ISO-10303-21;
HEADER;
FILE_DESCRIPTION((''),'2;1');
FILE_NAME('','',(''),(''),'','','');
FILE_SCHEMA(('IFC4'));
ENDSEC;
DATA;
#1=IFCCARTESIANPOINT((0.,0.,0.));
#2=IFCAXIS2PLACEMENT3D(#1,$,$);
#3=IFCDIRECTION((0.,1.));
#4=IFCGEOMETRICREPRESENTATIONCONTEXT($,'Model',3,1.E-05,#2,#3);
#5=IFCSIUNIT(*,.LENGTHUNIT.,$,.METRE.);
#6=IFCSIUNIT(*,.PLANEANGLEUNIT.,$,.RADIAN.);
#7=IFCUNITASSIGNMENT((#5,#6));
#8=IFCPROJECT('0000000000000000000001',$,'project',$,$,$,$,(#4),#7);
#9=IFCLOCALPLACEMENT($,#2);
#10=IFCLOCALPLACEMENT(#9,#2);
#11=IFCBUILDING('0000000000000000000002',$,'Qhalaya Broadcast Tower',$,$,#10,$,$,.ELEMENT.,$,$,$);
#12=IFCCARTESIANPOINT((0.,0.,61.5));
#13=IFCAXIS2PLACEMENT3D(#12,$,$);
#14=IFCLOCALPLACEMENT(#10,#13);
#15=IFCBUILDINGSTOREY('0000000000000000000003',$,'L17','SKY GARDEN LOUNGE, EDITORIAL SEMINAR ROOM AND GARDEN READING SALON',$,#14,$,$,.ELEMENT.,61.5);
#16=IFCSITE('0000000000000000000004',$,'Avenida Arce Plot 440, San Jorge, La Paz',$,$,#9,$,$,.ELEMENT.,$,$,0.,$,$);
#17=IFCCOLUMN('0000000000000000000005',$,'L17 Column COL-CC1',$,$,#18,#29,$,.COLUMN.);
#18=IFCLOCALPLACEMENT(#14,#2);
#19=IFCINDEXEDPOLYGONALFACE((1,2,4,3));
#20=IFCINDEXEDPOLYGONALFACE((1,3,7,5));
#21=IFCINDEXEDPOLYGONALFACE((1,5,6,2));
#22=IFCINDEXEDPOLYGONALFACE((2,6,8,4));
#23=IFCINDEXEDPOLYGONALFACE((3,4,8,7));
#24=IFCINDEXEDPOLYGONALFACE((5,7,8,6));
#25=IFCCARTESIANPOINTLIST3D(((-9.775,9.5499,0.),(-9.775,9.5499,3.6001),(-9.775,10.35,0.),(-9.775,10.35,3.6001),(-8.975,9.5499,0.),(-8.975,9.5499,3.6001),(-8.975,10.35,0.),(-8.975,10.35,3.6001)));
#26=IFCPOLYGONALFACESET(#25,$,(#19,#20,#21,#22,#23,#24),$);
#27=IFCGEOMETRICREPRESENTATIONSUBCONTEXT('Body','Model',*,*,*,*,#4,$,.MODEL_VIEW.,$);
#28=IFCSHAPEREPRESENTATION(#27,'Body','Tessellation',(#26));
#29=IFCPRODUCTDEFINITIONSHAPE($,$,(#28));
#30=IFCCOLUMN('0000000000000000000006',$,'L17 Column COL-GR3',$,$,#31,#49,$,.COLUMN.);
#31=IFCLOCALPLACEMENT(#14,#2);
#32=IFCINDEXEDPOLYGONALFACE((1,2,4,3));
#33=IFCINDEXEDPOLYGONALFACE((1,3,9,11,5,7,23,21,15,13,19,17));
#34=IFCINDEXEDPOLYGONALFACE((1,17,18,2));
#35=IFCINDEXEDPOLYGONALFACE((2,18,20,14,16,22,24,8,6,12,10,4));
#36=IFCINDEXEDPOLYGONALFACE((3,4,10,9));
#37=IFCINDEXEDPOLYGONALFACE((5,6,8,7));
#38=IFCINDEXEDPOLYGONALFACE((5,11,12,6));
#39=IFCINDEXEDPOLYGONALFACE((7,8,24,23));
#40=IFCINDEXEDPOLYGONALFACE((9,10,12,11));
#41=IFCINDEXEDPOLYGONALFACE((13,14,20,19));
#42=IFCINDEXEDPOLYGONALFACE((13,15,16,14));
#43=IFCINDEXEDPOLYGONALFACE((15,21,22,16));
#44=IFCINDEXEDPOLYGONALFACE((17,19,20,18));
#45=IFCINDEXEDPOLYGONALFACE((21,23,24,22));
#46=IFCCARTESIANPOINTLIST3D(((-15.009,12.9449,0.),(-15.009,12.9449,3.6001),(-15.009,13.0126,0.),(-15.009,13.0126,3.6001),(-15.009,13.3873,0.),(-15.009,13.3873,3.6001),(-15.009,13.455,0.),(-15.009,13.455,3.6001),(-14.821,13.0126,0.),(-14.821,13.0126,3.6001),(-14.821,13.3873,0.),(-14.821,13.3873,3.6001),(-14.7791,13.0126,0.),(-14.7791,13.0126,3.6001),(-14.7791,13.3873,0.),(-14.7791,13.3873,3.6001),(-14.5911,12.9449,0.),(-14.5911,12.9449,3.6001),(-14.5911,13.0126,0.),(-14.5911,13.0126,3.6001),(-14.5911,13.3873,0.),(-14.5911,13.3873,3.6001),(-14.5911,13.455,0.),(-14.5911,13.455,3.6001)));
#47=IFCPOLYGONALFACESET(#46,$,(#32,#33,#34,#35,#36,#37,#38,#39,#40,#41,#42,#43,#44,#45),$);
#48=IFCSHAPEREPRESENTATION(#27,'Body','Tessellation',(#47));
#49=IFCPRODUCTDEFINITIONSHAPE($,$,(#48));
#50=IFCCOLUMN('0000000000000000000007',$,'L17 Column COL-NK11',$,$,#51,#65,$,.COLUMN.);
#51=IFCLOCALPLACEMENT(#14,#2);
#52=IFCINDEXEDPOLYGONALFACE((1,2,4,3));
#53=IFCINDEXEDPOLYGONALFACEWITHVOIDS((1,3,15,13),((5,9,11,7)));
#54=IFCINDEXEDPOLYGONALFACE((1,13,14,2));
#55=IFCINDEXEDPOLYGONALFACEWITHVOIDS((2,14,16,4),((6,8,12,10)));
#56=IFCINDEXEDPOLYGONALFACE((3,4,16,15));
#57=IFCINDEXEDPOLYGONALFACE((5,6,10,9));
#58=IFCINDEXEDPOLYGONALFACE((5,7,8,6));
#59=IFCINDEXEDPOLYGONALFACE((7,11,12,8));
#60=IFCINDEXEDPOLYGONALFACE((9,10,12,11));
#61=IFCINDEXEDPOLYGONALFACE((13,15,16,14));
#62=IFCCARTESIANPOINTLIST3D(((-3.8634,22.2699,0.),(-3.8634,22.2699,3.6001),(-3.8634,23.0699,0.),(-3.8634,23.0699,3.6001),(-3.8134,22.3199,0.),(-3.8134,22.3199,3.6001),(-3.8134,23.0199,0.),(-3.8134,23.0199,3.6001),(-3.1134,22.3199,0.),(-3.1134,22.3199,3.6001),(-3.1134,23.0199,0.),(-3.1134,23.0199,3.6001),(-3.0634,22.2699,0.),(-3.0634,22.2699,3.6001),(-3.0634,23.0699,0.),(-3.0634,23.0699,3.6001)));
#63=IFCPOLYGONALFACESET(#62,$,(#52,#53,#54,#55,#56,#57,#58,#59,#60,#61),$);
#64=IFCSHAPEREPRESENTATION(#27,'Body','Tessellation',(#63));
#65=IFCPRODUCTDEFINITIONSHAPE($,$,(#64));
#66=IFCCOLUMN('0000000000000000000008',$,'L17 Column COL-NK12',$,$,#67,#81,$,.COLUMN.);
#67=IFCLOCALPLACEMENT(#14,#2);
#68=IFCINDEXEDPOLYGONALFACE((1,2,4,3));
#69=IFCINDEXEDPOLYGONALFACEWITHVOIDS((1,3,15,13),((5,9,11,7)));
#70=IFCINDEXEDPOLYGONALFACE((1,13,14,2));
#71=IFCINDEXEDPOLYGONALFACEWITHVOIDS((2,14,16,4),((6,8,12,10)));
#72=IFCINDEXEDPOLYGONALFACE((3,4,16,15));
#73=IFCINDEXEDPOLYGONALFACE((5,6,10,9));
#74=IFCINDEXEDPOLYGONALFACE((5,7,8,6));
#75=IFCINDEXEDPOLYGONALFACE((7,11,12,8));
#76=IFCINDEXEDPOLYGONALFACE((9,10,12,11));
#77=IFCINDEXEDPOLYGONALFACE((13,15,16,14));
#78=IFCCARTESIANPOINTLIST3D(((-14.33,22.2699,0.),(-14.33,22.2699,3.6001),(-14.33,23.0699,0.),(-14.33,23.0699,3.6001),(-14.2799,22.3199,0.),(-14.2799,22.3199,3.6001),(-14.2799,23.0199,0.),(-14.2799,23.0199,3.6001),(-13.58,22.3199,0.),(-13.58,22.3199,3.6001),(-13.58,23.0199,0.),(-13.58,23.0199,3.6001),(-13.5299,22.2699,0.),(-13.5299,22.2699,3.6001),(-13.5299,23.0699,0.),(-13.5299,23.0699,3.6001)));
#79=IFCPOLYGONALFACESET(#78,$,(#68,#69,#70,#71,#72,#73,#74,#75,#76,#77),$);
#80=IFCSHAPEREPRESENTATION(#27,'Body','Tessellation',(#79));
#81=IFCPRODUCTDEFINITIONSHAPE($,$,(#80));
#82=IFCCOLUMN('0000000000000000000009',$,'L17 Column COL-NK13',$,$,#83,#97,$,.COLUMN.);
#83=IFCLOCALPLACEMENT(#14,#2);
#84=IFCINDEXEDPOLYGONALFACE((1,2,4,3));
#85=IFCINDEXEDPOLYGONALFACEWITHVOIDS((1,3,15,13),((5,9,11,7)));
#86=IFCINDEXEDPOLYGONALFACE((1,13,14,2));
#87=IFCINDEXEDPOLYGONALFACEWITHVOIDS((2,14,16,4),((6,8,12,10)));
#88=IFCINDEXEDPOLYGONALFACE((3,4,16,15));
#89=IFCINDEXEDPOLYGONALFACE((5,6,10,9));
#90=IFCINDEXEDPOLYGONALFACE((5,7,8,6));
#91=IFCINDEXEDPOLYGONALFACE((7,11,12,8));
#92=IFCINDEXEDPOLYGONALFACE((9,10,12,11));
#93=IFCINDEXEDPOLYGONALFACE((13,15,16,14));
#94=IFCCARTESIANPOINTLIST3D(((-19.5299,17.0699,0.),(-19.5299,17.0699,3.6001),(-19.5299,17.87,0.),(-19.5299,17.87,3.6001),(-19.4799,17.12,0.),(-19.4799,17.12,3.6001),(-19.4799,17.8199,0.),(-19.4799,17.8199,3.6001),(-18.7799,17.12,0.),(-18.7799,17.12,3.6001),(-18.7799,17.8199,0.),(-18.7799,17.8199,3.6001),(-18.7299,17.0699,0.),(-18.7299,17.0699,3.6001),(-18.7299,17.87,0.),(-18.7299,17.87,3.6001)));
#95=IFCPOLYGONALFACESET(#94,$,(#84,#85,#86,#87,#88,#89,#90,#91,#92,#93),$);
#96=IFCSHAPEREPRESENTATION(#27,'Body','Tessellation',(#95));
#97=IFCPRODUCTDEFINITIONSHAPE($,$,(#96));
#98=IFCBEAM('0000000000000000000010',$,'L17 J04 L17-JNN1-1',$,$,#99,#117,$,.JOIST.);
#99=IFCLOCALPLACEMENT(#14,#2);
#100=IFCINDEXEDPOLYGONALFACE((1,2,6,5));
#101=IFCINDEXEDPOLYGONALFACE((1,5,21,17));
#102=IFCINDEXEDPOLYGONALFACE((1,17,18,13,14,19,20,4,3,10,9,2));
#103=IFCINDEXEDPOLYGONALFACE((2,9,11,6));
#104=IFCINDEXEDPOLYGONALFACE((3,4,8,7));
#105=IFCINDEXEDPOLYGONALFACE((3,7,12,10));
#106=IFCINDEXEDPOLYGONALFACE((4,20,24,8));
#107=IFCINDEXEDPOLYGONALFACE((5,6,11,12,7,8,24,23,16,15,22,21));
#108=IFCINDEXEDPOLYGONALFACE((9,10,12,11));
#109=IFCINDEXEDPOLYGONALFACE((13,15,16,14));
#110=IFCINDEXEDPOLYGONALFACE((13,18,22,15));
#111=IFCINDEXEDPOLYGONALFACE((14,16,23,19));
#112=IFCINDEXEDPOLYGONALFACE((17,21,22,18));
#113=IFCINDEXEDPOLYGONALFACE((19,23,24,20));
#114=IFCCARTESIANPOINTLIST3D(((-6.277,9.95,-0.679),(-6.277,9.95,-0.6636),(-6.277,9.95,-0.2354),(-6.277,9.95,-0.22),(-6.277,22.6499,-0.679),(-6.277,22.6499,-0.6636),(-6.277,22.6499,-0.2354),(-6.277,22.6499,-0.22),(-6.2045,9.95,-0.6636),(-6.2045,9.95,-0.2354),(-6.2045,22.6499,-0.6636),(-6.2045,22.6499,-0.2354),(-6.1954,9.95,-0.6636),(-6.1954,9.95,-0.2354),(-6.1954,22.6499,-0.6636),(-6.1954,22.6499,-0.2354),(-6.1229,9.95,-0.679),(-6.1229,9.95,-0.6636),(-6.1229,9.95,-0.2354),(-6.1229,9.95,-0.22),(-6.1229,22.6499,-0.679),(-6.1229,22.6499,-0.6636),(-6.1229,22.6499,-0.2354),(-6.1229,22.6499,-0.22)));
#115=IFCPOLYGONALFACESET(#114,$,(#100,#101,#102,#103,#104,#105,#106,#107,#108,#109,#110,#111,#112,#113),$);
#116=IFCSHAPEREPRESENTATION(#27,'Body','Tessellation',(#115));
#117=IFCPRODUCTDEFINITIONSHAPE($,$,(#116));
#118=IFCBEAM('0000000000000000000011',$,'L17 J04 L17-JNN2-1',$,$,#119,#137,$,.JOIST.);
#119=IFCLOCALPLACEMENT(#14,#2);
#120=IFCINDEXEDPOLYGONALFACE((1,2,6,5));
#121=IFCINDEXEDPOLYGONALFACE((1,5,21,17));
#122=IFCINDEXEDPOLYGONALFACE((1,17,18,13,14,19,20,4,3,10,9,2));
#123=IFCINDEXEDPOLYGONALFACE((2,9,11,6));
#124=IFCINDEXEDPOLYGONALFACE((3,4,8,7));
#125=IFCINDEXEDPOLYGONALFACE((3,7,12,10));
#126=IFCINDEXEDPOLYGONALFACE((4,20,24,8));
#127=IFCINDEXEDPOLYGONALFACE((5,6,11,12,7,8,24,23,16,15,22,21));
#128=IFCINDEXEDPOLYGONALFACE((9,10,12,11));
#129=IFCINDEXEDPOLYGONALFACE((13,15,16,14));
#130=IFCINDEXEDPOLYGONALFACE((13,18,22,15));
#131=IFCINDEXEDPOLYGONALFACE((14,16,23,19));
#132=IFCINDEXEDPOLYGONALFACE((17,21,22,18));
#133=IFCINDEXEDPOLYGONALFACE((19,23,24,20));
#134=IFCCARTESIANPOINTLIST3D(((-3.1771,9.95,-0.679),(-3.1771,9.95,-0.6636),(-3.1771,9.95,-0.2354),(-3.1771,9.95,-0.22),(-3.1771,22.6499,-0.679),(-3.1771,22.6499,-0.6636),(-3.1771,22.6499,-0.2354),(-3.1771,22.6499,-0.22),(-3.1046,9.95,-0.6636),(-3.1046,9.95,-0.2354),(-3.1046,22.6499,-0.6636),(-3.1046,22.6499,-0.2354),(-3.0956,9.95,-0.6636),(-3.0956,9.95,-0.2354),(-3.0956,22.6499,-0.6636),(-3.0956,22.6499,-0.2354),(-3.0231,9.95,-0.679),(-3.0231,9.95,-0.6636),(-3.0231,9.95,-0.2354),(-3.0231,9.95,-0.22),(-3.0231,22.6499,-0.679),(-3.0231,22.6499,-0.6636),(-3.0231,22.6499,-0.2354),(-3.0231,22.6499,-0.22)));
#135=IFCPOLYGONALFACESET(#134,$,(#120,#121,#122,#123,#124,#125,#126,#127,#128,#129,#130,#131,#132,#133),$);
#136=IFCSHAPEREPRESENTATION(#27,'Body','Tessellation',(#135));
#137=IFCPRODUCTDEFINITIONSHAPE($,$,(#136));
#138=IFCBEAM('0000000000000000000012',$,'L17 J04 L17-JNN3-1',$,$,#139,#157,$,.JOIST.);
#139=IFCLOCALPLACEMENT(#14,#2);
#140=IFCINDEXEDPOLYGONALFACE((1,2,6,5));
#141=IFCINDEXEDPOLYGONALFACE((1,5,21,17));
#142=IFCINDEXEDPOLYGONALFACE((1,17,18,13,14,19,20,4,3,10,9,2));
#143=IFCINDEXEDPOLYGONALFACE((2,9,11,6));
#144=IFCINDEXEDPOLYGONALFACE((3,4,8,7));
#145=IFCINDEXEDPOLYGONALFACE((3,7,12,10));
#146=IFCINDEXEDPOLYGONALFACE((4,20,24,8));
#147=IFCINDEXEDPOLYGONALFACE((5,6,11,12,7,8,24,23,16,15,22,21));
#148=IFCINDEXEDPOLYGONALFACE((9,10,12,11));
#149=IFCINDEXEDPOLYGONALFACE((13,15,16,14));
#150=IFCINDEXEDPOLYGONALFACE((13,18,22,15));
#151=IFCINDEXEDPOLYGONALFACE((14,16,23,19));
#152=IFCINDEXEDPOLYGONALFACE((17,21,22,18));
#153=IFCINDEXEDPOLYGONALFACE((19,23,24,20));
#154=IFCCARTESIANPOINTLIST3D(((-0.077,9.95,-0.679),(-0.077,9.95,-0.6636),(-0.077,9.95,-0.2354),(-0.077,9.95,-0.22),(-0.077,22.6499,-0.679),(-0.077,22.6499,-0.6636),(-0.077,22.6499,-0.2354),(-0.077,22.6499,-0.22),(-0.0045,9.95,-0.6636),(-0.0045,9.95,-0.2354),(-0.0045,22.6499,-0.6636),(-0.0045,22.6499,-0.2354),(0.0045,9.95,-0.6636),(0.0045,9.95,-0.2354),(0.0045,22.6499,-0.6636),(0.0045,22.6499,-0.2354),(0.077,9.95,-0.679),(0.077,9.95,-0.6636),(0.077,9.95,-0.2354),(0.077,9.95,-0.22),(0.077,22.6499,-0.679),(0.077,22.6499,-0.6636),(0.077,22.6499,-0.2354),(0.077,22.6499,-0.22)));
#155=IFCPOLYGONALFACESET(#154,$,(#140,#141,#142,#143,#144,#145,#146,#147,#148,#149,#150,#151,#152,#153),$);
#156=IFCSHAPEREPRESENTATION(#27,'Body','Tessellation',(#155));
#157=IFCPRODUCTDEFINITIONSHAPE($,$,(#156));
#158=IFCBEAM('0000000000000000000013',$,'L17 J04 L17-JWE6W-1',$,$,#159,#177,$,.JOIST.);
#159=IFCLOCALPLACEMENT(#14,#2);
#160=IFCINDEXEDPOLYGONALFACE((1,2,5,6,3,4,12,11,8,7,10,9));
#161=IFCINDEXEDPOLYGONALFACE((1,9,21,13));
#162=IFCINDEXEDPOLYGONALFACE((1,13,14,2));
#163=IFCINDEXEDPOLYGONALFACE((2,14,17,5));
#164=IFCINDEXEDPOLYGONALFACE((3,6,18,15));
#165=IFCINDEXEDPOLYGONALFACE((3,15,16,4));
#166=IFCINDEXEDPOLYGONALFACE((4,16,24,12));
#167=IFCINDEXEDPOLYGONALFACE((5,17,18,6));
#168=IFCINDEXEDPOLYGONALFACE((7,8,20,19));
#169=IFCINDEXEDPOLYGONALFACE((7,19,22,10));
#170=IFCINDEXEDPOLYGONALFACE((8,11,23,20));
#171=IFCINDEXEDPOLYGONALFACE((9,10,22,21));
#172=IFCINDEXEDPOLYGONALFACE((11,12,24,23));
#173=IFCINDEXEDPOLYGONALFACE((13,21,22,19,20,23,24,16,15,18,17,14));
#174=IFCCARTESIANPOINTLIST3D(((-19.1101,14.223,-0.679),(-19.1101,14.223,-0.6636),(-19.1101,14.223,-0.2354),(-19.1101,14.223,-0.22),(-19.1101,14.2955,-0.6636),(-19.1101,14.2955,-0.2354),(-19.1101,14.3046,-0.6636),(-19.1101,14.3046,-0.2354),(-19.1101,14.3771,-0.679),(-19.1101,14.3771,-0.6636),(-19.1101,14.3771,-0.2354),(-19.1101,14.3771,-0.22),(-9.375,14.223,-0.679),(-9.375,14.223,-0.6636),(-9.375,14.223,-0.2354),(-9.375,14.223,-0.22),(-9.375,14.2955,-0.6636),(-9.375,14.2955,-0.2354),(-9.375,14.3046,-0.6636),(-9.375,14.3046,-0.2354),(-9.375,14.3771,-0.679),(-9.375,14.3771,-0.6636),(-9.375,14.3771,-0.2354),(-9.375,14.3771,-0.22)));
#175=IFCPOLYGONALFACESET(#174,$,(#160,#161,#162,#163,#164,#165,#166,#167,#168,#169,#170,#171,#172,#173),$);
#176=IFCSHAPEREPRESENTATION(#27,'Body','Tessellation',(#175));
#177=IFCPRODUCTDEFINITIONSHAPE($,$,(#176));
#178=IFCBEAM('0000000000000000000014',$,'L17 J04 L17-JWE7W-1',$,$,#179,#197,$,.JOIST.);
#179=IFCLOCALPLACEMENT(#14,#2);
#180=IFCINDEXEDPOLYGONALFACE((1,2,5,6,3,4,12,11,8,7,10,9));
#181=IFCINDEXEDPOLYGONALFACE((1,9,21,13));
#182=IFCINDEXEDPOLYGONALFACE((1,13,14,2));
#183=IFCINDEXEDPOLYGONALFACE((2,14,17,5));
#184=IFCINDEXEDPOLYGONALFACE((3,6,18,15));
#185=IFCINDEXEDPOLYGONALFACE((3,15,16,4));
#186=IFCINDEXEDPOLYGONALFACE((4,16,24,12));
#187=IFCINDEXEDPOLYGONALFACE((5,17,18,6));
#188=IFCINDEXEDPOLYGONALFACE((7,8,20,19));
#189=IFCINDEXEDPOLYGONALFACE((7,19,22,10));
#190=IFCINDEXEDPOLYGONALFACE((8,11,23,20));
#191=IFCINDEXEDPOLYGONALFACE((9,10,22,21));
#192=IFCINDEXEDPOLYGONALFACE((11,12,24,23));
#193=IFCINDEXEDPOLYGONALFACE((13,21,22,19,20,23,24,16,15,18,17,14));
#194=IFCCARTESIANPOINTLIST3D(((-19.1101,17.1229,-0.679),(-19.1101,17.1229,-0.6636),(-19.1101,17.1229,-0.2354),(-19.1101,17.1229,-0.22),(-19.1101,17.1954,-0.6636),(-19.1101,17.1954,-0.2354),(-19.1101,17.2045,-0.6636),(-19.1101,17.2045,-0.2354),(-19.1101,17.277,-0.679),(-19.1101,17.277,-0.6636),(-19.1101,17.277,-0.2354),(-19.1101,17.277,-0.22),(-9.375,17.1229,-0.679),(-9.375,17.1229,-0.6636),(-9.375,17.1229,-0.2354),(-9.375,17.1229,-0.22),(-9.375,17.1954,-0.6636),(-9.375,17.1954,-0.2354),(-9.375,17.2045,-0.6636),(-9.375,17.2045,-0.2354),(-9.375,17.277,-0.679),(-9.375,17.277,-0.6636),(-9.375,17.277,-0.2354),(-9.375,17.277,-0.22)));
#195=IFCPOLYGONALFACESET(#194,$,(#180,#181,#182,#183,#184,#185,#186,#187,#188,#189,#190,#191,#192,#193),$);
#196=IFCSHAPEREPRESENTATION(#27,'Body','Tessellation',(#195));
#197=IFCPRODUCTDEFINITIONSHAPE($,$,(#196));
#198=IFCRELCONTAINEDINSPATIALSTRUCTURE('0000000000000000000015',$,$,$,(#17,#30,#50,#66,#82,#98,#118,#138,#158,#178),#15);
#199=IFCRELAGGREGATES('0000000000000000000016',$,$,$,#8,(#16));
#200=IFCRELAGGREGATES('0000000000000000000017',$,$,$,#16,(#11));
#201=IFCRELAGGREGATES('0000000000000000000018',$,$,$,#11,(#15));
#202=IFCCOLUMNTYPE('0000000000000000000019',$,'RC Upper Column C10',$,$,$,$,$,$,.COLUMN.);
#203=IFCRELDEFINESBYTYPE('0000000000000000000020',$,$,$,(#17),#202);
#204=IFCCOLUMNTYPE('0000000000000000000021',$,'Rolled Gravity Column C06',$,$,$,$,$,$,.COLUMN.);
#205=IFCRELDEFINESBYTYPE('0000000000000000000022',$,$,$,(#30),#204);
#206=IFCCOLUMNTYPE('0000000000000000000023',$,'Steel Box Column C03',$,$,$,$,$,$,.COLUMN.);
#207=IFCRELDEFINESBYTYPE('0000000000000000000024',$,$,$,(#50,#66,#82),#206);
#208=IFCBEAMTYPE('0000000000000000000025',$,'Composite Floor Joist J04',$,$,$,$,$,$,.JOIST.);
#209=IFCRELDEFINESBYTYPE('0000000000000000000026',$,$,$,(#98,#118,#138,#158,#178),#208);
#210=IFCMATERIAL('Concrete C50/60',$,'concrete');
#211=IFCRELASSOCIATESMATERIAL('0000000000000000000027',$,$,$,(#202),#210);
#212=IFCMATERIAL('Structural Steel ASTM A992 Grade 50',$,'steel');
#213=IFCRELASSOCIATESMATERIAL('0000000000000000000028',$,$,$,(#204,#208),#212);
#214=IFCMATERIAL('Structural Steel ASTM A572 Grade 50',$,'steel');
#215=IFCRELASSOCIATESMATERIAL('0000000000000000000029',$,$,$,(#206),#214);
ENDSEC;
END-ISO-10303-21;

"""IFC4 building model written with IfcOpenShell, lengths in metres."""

from ifc_helpers import new_model, si_unit, direction, frame, origin, origin_2d, place, context, subcontext, project, spatial, rectangle, hollow_rectangle, i_section, extrude, material, material_profile, profile_set, type_object, element, save


model = new_model("IFC4")

# Units and contexts
model_context = context("Model", 3, precision=1e-05, world=origin(), true_north=direction((0.0, 1.0)))
body_context = subcontext(model_context, "Body", "Model", "MODEL_VIEW")
ifc_project = project(units=[si_unit("LENGTHUNIT", "METRE"), si_unit("PLANEANGLEUNIT", "RADIAN")], contexts=[model_context])

# Site, building, storey
site_placement = place(None, origin())
site = spatial("IfcSite", under=ifc_project, at=site_placement, Name="Avenida Arce Plot 440, San Jorge, La Paz", CompositionType="ELEMENT", RefElevation=0.0)
building_placement = place(site_placement, origin())
building = spatial("IfcBuilding", under=site, at=building_placement, Name="Qhalaya Broadcast Tower", CompositionType="ELEMENT")
storey_placement = place(building_placement, frame((0.0, 0.0, 61.5)))
storey = spatial("IfcBuildingStorey", under=building, at=storey_placement, Name="L17", Description="SKY GARDEN LOUNGE, EDITORIAL SEMINAR ROOM AND GARDEN READING SALON", CompositionType="ELEMENT", Elevation=61.5)

# Columns
ifc_material_1 = material(Name="Concrete C50/60", Category="concrete")
ifc_material_profile_1 = material_profile(ifc_material_1, rectangle(XDim=0.8, YDim=0.8, at=origin_2d()), Name="RC-COL 800x800")
ifc_profile_set_1 = profile_set([ifc_material_profile_1], Name="Concrete C50/60")
column_type_1 = type_object("IfcColumnType", Name="RC Upper Column C10", PredefinedType="COLUMN", material=ifc_profile_set_1)
column_1_placement = place(storey_placement, frame((-9.375, 9.95, 0.0), z_axis=(0.0, 0.0, 1.0), x_axis=(1.0, 0.0, 0.0)))
element("IfcColumn", 1, at=column_1_placement, inside=storey, type_object=column_type_1, Name="L17 Column COL-CC1", PredefinedType="COLUMN", context=body_context, shape_type="SweptSolid", body=[
    extrude(rectangle(XDim=0.8, YDim=0.8, at=origin_2d()), origin(), (0.0, 0.0, 1.0), 3.6001),
])
ifc_material_2 = material(Name="Structural Steel ASTM A992 Grade 50", Category="steel")
ifc_material_profile_2 = material_profile(ifc_material_2, i_section(OverallWidth=0.418, OverallDepth=0.51, WebThickness=0.042, FlangeThickness=0.0676, at=origin_2d()), Name="W14X370")
ifc_profile_set_2 = profile_set([ifc_material_profile_2], Name="Structural Steel ASTM A992 Grade 50")
column_type_2 = type_object("IfcColumnType", Name="Rolled Gravity Column C06", PredefinedType="COLUMN", material=ifc_profile_set_2)
column_2_placement = place(storey_placement, frame((-14.8, 13.2, 0.0), z_axis=(0.0, 0.0, 1.0), x_axis=(1.0, 0.0, 0.0)))
element("IfcColumn", 2, at=column_2_placement, inside=storey, type_object=column_type_2, Name="L17 Column COL-GR3", PredefinedType="COLUMN", context=body_context, shape_type="SweptSolid", body=[
    extrude(i_section(OverallWidth=0.418, OverallDepth=0.51, WebThickness=0.042, FlangeThickness=0.0676, at=origin_2d()), origin(), (0.0, 0.0, 1.0), 3.6001),
])
ifc_material_3 = material(Name="Structural Steel ASTM A572 Grade 50", Category="steel")
ifc_material_profile_3 = material_profile(ifc_material_3, hollow_rectangle(XDim=0.8, YDim=0.8, WallThickness=0.05, at=origin_2d()), Name="BOX 800x800x50")
ifc_profile_set_3 = profile_set([ifc_material_profile_3], Name="Structural Steel ASTM A572 Grade 50")
column_type_3 = type_object("IfcColumnType", Name="Steel Box Column C03", PredefinedType="COLUMN", material=ifc_profile_set_3)
for number, where, z_axis, x_axis, name in (
    (3, (-3.4634, 22.6699, 0.0), (0.0, 0.0, 1.0), (1.0, 0.0, 0.0), "L17 Column COL-NK11"),
    (4, (-13.9299, 22.6699, 0.0), (0.0, 0.0, 1.0), (1.0, 0.0, 0.0), "L17 Column COL-NK12"),
    (5, (-19.1299, 17.47, 0.0), (0.0, 0.0, 1.0), (0.0, 1.0, 0.0), "L17 Column COL-NK13"),
):
    element("IfcColumn", number, at=place(storey_placement, frame(where, z_axis=z_axis, x_axis=x_axis)), inside=storey, type_object=column_type_3, Name=name, PredefinedType="COLUMN", context=body_context, shape_type="SweptSolid", body=[
        extrude(hollow_rectangle(XDim=0.8, YDim=0.8, WallThickness=0.05, at=origin_2d()), origin(), (0.0, 0.0, 1.0), 3.6001),
    ])

# Beams
ifc_material_profile_4 = material_profile(ifc_material_2, i_section(OverallWidth=0.1541, OverallDepth=0.459, WebThickness=0.009, FlangeThickness=0.0154, at=origin_2d()), Name="W18X46")
ifc_profile_set_4 = profile_set([ifc_material_profile_4], Name="Structural Steel ASTM A992 Grade 50")
beam_type_1 = type_object("IfcBeamType", Name="Composite Floor Joist J04", PredefinedType="JOIST", material=ifc_profile_set_4)
for number, where, z_axis, x_axis, name in (
    (6, (-6.2, 9.95, -0.4495), (0.0, 1.0, 0.0), (-1.0, 0.0, 0.0), "L17 J04 L17-JNN1-1"),
    (7, (-3.1001, 9.95, -0.4495), (0.0, 1.0, 0.0), (-1.0, 0.0, 0.0), "L17 J04 L17-JNN2-1"),
    (8, (0.0, 9.95, -0.4495), (0.0, 1.0, 0.0), (-1.0, 0.0, 0.0), "L17 J04 L17-JNN3-1"),
):
    element("IfcBeam", number, at=place(storey_placement, frame(where, z_axis=z_axis, x_axis=x_axis)), inside=storey, type_object=beam_type_1, Name=name, PredefinedType="JOIST", context=body_context, shape_type="SweptSolid", body=[
        extrude(i_section(OverallWidth=0.1541, OverallDepth=0.459, WebThickness=0.009, FlangeThickness=0.0154, at=origin_2d()), origin(), (0.0, 0.0, 1.0), 12.7),
    ])
for number, where, z_axis, x_axis, name in (
    (9, (-19.1101, 14.3, -0.4495), (1.0, 0.0, 0.0), (0.0, 1.0, 0.0), "L17 J04 L17-JWE6W-1"),
    (10, (-19.1101, 17.2, -0.4495), (1.0, 0.0, 0.0), (0.0, 1.0, 0.0), "L17 J04 L17-JWE7W-1"),
):
    element("IfcBeam", number, at=place(storey_placement, frame(where, z_axis=z_axis, x_axis=x_axis)), inside=storey, type_object=beam_type_1, Name=name, PredefinedType="JOIST", context=body_context, shape_type="SweptSolid", body=[
        extrude(i_section(OverallWidth=0.1541, OverallDepth=0.459, WebThickness=0.009, FlangeThickness=0.0154, at=origin_2d()), origin(), (0.0, 0.0, 1.0), 9.7351),
    ])

save(model, "model.ifc")
